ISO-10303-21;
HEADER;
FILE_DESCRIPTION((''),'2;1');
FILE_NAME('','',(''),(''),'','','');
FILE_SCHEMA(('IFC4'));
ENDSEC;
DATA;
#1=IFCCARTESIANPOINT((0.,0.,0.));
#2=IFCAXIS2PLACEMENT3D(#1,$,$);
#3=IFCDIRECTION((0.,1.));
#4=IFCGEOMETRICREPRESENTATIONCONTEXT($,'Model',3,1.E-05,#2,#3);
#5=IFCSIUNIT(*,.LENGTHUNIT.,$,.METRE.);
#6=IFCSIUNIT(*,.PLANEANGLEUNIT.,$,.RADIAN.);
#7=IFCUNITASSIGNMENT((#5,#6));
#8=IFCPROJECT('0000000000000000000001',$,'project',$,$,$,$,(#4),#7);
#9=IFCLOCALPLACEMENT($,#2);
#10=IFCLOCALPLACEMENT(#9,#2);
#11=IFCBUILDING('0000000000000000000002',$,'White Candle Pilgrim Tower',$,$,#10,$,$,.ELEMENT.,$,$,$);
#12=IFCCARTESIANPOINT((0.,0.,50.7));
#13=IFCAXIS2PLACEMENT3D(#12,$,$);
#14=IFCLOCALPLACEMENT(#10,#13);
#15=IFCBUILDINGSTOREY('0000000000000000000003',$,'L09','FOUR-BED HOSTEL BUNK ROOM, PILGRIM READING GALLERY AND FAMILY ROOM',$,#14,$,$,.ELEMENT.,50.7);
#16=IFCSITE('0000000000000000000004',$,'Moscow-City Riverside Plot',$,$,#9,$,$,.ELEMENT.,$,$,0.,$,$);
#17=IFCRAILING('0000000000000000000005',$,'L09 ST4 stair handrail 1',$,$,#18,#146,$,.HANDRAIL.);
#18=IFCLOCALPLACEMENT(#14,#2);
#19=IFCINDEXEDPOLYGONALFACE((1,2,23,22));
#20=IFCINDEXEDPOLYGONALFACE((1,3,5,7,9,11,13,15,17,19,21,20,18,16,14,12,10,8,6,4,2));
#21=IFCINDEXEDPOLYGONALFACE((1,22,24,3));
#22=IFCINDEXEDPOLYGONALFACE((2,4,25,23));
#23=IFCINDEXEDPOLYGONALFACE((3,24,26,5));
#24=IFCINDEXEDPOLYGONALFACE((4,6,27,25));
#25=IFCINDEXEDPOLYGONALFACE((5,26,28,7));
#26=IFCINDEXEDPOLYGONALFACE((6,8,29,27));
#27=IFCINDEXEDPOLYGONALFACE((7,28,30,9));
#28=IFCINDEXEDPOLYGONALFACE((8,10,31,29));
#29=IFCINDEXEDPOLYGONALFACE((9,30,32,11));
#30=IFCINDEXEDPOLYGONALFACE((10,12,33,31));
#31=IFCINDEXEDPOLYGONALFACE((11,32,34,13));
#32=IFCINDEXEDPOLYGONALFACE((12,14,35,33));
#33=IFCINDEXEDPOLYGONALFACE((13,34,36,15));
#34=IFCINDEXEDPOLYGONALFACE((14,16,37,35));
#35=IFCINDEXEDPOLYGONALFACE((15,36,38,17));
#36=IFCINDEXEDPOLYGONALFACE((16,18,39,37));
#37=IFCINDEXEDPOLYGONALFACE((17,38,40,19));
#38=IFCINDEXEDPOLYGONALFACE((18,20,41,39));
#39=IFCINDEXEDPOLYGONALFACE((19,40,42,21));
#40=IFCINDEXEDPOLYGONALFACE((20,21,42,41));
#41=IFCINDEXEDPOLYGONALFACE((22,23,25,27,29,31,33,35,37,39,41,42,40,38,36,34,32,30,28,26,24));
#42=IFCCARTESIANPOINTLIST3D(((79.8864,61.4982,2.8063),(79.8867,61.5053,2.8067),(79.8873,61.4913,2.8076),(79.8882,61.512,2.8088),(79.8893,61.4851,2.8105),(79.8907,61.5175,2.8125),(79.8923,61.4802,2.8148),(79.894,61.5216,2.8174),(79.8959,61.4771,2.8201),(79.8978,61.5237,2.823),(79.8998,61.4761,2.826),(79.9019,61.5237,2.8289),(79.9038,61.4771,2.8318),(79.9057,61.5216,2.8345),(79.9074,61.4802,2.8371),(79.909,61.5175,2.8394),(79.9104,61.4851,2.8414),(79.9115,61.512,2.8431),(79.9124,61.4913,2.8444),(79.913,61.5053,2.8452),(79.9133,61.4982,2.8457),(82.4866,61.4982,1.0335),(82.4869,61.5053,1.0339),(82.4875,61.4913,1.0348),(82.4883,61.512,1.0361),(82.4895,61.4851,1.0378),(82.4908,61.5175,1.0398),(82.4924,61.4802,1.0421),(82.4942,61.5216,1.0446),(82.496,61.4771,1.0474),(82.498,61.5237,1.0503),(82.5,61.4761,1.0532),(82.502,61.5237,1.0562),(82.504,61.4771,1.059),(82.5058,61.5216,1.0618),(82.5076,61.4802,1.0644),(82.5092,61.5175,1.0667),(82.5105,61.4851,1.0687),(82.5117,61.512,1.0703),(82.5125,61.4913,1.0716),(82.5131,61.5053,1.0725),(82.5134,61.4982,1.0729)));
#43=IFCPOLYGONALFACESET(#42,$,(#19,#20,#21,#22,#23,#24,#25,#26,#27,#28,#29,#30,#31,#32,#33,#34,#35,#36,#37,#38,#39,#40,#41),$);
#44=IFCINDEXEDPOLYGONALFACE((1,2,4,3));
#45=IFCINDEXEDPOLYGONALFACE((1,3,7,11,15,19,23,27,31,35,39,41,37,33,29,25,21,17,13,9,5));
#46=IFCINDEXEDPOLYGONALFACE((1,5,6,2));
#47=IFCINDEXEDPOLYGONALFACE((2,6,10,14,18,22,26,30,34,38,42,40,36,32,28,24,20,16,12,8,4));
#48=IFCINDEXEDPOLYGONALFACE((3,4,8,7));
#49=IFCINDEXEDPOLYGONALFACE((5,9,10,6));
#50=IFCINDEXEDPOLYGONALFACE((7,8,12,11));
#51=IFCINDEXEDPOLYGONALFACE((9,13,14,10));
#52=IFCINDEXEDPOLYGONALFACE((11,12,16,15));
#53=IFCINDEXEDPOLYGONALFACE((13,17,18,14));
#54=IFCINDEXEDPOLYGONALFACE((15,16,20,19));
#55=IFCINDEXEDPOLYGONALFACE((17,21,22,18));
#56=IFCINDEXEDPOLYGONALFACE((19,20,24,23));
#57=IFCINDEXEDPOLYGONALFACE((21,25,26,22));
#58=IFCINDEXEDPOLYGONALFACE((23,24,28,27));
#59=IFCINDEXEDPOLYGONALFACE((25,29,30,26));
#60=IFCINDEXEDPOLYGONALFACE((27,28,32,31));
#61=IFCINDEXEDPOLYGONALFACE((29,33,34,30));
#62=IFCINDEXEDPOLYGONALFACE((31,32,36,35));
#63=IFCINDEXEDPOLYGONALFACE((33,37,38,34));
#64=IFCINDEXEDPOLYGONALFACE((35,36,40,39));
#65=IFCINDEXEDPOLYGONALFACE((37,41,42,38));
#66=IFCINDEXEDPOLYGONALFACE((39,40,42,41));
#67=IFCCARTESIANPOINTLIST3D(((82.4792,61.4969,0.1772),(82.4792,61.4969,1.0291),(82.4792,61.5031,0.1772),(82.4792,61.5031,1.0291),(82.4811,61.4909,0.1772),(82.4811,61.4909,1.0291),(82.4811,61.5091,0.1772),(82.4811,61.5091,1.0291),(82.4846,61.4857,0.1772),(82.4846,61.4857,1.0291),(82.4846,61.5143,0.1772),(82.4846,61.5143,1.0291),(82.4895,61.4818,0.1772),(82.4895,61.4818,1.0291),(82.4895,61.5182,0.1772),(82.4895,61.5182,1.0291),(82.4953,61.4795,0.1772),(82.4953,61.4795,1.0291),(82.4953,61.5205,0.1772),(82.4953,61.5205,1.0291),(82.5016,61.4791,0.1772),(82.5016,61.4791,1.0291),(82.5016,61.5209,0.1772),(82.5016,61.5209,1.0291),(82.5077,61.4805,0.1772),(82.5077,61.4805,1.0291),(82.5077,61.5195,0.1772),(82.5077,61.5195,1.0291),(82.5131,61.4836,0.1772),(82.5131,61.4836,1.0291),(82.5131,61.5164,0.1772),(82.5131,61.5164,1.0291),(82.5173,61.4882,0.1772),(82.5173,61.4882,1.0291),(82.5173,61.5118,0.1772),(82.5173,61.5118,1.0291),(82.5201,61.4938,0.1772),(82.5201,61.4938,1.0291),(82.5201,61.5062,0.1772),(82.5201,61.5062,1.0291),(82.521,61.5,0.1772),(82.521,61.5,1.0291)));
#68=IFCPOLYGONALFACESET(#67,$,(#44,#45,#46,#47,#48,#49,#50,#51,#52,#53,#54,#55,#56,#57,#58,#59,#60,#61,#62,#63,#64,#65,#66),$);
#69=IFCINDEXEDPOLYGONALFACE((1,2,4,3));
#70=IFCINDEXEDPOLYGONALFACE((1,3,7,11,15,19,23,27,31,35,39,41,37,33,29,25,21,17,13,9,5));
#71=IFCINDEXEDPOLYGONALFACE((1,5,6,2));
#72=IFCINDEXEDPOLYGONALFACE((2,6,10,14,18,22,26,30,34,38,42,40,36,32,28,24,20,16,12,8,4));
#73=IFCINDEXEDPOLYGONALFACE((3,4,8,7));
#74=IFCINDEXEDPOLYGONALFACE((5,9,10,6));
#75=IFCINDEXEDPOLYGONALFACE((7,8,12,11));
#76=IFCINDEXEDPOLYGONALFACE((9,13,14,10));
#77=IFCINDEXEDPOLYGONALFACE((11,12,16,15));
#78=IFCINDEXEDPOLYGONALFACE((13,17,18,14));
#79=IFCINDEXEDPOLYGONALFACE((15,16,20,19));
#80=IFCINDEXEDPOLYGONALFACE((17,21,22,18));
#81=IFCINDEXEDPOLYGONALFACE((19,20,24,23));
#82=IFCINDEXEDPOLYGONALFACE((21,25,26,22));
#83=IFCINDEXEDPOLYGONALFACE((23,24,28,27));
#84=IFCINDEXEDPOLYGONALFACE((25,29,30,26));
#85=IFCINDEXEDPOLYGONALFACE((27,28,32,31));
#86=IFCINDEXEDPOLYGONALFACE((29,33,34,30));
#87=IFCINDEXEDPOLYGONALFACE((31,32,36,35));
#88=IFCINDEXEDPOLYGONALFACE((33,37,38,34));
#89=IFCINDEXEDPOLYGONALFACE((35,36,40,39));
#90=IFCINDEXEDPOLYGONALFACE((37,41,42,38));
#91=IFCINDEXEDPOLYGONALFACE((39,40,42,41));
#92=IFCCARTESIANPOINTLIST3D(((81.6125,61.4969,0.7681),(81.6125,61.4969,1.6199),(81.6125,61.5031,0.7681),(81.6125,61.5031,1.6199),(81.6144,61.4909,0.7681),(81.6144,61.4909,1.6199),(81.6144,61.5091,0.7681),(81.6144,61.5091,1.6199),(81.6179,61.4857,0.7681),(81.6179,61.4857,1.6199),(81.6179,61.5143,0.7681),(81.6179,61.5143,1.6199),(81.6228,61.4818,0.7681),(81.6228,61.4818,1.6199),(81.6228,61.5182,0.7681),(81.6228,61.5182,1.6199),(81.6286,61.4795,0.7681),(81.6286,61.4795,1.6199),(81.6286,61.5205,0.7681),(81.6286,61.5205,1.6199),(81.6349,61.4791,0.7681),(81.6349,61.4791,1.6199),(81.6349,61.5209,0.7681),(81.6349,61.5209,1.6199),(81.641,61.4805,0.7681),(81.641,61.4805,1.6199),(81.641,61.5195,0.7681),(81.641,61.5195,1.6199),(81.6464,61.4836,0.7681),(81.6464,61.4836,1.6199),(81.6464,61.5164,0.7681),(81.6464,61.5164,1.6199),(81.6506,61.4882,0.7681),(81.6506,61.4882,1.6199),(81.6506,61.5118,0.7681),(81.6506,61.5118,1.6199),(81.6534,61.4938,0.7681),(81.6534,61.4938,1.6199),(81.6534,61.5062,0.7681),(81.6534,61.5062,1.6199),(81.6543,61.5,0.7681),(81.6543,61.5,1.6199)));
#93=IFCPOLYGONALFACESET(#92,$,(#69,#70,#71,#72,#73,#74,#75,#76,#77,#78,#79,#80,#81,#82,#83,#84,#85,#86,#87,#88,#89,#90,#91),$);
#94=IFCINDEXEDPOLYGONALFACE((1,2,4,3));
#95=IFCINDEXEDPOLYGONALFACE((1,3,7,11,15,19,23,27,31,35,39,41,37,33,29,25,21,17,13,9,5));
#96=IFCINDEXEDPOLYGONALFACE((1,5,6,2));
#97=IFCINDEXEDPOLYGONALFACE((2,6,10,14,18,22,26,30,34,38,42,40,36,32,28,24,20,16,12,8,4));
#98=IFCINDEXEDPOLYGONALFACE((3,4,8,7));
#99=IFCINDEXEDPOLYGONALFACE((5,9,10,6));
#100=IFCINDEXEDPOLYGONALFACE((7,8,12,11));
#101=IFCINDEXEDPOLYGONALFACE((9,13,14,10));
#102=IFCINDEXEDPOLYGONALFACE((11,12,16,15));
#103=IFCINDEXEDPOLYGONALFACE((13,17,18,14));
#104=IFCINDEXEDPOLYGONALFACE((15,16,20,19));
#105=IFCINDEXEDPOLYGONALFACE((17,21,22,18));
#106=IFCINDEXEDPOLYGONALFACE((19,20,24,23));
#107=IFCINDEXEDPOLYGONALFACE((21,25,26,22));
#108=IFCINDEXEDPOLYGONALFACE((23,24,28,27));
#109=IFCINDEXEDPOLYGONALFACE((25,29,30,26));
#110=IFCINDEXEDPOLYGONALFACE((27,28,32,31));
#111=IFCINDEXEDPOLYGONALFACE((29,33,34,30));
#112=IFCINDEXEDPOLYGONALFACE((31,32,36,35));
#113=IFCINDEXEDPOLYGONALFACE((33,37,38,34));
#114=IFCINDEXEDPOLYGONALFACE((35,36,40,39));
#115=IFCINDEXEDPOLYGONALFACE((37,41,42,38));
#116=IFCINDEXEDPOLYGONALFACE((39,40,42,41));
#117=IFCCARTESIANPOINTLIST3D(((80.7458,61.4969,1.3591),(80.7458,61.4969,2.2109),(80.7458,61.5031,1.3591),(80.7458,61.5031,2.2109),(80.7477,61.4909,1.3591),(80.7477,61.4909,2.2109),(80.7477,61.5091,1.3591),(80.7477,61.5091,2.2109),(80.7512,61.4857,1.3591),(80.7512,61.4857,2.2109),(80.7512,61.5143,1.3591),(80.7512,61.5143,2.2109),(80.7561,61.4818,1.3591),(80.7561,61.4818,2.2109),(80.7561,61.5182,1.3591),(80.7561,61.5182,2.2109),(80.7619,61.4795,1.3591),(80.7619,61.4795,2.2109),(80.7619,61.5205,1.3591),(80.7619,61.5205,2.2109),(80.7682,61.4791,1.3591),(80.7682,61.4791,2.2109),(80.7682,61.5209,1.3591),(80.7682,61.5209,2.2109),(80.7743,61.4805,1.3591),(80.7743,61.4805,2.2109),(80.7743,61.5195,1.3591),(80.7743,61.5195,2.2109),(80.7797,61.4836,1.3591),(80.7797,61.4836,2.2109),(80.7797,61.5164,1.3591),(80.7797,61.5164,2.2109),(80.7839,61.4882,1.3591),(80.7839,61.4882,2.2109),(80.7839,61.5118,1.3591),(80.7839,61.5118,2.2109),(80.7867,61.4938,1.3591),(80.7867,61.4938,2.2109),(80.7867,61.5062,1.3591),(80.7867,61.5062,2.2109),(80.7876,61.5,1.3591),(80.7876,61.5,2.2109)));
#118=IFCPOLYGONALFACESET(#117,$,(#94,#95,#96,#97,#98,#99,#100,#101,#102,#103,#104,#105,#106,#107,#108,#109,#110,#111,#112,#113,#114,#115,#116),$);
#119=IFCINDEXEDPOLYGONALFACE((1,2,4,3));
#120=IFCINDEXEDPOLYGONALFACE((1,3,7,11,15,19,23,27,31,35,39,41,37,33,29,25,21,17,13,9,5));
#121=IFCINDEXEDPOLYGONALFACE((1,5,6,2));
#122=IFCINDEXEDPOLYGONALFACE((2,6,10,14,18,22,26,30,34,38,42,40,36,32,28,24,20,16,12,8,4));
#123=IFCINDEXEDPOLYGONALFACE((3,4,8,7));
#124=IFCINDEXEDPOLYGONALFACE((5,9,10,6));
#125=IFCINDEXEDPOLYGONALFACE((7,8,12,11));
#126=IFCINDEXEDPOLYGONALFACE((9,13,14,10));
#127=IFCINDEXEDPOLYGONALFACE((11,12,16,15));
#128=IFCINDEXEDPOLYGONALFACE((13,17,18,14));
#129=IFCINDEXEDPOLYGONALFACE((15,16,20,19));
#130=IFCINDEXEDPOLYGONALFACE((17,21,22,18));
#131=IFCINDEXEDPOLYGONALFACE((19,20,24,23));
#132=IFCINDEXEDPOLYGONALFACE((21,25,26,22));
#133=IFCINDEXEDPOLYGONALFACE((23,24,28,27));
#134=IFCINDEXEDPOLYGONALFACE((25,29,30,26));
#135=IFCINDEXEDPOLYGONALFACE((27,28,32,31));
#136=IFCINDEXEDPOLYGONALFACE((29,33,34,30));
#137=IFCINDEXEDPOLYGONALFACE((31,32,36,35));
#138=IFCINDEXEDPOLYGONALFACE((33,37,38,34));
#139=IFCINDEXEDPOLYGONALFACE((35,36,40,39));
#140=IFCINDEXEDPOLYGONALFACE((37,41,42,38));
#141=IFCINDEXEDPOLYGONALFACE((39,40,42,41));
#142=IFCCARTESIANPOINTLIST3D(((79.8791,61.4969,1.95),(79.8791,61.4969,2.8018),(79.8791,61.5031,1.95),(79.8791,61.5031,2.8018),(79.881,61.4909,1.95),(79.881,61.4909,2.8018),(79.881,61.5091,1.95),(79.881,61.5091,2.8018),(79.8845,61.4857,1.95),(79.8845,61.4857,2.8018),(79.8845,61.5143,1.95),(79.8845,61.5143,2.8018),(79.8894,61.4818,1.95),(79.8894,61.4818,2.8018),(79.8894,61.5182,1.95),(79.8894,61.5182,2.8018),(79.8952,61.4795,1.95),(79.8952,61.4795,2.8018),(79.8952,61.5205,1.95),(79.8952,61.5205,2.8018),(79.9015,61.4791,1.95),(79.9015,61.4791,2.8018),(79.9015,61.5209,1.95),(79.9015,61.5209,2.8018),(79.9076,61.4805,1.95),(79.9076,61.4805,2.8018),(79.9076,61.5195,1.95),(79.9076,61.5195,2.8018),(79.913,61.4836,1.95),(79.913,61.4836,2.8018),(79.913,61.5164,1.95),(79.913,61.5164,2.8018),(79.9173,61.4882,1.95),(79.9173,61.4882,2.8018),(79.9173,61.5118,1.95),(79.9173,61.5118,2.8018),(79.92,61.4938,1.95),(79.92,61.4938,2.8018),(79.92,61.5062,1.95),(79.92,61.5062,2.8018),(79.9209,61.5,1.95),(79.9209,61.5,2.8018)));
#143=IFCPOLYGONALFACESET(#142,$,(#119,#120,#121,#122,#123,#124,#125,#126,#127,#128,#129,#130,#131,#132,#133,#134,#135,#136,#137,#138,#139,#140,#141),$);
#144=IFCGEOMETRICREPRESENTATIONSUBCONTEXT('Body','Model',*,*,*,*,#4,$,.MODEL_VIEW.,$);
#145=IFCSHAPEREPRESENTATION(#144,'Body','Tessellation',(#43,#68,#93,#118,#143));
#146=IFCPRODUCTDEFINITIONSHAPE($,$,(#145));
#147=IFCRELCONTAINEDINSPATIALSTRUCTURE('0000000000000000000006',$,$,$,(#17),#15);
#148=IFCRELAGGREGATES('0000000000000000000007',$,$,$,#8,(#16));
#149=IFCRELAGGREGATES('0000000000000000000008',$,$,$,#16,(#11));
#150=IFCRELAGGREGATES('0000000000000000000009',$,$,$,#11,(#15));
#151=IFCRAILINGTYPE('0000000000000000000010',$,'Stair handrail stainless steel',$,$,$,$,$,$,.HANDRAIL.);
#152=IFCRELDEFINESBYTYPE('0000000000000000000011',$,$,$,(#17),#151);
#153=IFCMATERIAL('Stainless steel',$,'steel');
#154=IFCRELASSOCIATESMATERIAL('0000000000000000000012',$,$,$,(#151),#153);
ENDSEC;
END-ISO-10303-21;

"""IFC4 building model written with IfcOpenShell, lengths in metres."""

from ifc_helpers import new_model, si_unit, direction, frame, origin, origin_2d, place, context, subcontext, project, spatial, circle, extrude, material, type_object, element, save


model = new_model("IFC4")

# Units and contexts
model_context = context("Model", 3, precision=1e-05, world=origin(), true_north=direction((0.0, 1.0)))
body_context = subcontext(model_context, "Body", "Model", "MODEL_VIEW")
ifc_project = project(units=[si_unit("LENGTHUNIT", "METRE"), si_unit("PLANEANGLEUNIT", "RADIAN")], contexts=[model_context])

# Site, building, storey
site_placement = place(None, origin())
site = spatial("IfcSite", under=ifc_project, at=site_placement, Name="Moscow-City Riverside Plot", CompositionType="ELEMENT", RefElevation=0.0)
building_placement = place(site_placement, origin())
building = spatial("IfcBuilding", under=site, at=building_placement, Name="White Candle Pilgrim Tower", CompositionType="ELEMENT")
storey_placement = place(building_placement, frame((0.0, 0.0, 50.7)))
storey = spatial("IfcBuildingStorey", under=building, at=storey_placement, Name="L09", Description="FOUR-BED HOSTEL BUNK ROOM, PILGRIM READING GALLERY AND FAMILY ROOM", CompositionType="ELEMENT", Elevation=50.7)

# Railing
ifc_material_1 = material(Name="Stainless steel", Category="steel")
railing_type_1 = type_object("IfcRailingType", Name="Stair handrail stainless steel", PredefinedType="HANDRAIL", material=ifc_material_1)
railing_1_placement = place(storey_placement, frame((82.5, 61.5, 0.1772)))
element("IfcRailing", 1, at=railing_1_placement, inside=storey, type_object=railing_type_1, Name="L09 ST4 stair handrail 1", PredefinedType="HANDRAIL", context=body_context, shape_type="SweptSolid", body=[
    extrude(circle(Radius=0.0239, at=origin_2d()), frame((0.0, 0.0, 0.876), z_axis=(-0.82624, 0.0, 0.563318), x_axis=(0.0, -1.0, 0.0)), (0.0, 0.0, 1.0), 3.147),
    extrude(circle(Radius=0.021, at=origin_2d()), origin(), (0.0, 0.0, 1.0), 0.8518),
    extrude(circle(Radius=0.021, at=origin_2d()), frame((-0.8667, 0.0, 0.5908)), (0.0, 0.0, 1.0), 0.8518),
    extrude(circle(Radius=0.021, at=origin_2d()), frame((-1.7334, 0.0, 1.1819)), (0.0, 0.0, 1.0), 0.8518),
    extrude(circle(Radius=0.021, at=origin_2d()), frame((-2.6001, 0.0, 1.7727)), (0.0, 0.0, 1.0), 0.8518),
])

save(model, "model.ifc")
